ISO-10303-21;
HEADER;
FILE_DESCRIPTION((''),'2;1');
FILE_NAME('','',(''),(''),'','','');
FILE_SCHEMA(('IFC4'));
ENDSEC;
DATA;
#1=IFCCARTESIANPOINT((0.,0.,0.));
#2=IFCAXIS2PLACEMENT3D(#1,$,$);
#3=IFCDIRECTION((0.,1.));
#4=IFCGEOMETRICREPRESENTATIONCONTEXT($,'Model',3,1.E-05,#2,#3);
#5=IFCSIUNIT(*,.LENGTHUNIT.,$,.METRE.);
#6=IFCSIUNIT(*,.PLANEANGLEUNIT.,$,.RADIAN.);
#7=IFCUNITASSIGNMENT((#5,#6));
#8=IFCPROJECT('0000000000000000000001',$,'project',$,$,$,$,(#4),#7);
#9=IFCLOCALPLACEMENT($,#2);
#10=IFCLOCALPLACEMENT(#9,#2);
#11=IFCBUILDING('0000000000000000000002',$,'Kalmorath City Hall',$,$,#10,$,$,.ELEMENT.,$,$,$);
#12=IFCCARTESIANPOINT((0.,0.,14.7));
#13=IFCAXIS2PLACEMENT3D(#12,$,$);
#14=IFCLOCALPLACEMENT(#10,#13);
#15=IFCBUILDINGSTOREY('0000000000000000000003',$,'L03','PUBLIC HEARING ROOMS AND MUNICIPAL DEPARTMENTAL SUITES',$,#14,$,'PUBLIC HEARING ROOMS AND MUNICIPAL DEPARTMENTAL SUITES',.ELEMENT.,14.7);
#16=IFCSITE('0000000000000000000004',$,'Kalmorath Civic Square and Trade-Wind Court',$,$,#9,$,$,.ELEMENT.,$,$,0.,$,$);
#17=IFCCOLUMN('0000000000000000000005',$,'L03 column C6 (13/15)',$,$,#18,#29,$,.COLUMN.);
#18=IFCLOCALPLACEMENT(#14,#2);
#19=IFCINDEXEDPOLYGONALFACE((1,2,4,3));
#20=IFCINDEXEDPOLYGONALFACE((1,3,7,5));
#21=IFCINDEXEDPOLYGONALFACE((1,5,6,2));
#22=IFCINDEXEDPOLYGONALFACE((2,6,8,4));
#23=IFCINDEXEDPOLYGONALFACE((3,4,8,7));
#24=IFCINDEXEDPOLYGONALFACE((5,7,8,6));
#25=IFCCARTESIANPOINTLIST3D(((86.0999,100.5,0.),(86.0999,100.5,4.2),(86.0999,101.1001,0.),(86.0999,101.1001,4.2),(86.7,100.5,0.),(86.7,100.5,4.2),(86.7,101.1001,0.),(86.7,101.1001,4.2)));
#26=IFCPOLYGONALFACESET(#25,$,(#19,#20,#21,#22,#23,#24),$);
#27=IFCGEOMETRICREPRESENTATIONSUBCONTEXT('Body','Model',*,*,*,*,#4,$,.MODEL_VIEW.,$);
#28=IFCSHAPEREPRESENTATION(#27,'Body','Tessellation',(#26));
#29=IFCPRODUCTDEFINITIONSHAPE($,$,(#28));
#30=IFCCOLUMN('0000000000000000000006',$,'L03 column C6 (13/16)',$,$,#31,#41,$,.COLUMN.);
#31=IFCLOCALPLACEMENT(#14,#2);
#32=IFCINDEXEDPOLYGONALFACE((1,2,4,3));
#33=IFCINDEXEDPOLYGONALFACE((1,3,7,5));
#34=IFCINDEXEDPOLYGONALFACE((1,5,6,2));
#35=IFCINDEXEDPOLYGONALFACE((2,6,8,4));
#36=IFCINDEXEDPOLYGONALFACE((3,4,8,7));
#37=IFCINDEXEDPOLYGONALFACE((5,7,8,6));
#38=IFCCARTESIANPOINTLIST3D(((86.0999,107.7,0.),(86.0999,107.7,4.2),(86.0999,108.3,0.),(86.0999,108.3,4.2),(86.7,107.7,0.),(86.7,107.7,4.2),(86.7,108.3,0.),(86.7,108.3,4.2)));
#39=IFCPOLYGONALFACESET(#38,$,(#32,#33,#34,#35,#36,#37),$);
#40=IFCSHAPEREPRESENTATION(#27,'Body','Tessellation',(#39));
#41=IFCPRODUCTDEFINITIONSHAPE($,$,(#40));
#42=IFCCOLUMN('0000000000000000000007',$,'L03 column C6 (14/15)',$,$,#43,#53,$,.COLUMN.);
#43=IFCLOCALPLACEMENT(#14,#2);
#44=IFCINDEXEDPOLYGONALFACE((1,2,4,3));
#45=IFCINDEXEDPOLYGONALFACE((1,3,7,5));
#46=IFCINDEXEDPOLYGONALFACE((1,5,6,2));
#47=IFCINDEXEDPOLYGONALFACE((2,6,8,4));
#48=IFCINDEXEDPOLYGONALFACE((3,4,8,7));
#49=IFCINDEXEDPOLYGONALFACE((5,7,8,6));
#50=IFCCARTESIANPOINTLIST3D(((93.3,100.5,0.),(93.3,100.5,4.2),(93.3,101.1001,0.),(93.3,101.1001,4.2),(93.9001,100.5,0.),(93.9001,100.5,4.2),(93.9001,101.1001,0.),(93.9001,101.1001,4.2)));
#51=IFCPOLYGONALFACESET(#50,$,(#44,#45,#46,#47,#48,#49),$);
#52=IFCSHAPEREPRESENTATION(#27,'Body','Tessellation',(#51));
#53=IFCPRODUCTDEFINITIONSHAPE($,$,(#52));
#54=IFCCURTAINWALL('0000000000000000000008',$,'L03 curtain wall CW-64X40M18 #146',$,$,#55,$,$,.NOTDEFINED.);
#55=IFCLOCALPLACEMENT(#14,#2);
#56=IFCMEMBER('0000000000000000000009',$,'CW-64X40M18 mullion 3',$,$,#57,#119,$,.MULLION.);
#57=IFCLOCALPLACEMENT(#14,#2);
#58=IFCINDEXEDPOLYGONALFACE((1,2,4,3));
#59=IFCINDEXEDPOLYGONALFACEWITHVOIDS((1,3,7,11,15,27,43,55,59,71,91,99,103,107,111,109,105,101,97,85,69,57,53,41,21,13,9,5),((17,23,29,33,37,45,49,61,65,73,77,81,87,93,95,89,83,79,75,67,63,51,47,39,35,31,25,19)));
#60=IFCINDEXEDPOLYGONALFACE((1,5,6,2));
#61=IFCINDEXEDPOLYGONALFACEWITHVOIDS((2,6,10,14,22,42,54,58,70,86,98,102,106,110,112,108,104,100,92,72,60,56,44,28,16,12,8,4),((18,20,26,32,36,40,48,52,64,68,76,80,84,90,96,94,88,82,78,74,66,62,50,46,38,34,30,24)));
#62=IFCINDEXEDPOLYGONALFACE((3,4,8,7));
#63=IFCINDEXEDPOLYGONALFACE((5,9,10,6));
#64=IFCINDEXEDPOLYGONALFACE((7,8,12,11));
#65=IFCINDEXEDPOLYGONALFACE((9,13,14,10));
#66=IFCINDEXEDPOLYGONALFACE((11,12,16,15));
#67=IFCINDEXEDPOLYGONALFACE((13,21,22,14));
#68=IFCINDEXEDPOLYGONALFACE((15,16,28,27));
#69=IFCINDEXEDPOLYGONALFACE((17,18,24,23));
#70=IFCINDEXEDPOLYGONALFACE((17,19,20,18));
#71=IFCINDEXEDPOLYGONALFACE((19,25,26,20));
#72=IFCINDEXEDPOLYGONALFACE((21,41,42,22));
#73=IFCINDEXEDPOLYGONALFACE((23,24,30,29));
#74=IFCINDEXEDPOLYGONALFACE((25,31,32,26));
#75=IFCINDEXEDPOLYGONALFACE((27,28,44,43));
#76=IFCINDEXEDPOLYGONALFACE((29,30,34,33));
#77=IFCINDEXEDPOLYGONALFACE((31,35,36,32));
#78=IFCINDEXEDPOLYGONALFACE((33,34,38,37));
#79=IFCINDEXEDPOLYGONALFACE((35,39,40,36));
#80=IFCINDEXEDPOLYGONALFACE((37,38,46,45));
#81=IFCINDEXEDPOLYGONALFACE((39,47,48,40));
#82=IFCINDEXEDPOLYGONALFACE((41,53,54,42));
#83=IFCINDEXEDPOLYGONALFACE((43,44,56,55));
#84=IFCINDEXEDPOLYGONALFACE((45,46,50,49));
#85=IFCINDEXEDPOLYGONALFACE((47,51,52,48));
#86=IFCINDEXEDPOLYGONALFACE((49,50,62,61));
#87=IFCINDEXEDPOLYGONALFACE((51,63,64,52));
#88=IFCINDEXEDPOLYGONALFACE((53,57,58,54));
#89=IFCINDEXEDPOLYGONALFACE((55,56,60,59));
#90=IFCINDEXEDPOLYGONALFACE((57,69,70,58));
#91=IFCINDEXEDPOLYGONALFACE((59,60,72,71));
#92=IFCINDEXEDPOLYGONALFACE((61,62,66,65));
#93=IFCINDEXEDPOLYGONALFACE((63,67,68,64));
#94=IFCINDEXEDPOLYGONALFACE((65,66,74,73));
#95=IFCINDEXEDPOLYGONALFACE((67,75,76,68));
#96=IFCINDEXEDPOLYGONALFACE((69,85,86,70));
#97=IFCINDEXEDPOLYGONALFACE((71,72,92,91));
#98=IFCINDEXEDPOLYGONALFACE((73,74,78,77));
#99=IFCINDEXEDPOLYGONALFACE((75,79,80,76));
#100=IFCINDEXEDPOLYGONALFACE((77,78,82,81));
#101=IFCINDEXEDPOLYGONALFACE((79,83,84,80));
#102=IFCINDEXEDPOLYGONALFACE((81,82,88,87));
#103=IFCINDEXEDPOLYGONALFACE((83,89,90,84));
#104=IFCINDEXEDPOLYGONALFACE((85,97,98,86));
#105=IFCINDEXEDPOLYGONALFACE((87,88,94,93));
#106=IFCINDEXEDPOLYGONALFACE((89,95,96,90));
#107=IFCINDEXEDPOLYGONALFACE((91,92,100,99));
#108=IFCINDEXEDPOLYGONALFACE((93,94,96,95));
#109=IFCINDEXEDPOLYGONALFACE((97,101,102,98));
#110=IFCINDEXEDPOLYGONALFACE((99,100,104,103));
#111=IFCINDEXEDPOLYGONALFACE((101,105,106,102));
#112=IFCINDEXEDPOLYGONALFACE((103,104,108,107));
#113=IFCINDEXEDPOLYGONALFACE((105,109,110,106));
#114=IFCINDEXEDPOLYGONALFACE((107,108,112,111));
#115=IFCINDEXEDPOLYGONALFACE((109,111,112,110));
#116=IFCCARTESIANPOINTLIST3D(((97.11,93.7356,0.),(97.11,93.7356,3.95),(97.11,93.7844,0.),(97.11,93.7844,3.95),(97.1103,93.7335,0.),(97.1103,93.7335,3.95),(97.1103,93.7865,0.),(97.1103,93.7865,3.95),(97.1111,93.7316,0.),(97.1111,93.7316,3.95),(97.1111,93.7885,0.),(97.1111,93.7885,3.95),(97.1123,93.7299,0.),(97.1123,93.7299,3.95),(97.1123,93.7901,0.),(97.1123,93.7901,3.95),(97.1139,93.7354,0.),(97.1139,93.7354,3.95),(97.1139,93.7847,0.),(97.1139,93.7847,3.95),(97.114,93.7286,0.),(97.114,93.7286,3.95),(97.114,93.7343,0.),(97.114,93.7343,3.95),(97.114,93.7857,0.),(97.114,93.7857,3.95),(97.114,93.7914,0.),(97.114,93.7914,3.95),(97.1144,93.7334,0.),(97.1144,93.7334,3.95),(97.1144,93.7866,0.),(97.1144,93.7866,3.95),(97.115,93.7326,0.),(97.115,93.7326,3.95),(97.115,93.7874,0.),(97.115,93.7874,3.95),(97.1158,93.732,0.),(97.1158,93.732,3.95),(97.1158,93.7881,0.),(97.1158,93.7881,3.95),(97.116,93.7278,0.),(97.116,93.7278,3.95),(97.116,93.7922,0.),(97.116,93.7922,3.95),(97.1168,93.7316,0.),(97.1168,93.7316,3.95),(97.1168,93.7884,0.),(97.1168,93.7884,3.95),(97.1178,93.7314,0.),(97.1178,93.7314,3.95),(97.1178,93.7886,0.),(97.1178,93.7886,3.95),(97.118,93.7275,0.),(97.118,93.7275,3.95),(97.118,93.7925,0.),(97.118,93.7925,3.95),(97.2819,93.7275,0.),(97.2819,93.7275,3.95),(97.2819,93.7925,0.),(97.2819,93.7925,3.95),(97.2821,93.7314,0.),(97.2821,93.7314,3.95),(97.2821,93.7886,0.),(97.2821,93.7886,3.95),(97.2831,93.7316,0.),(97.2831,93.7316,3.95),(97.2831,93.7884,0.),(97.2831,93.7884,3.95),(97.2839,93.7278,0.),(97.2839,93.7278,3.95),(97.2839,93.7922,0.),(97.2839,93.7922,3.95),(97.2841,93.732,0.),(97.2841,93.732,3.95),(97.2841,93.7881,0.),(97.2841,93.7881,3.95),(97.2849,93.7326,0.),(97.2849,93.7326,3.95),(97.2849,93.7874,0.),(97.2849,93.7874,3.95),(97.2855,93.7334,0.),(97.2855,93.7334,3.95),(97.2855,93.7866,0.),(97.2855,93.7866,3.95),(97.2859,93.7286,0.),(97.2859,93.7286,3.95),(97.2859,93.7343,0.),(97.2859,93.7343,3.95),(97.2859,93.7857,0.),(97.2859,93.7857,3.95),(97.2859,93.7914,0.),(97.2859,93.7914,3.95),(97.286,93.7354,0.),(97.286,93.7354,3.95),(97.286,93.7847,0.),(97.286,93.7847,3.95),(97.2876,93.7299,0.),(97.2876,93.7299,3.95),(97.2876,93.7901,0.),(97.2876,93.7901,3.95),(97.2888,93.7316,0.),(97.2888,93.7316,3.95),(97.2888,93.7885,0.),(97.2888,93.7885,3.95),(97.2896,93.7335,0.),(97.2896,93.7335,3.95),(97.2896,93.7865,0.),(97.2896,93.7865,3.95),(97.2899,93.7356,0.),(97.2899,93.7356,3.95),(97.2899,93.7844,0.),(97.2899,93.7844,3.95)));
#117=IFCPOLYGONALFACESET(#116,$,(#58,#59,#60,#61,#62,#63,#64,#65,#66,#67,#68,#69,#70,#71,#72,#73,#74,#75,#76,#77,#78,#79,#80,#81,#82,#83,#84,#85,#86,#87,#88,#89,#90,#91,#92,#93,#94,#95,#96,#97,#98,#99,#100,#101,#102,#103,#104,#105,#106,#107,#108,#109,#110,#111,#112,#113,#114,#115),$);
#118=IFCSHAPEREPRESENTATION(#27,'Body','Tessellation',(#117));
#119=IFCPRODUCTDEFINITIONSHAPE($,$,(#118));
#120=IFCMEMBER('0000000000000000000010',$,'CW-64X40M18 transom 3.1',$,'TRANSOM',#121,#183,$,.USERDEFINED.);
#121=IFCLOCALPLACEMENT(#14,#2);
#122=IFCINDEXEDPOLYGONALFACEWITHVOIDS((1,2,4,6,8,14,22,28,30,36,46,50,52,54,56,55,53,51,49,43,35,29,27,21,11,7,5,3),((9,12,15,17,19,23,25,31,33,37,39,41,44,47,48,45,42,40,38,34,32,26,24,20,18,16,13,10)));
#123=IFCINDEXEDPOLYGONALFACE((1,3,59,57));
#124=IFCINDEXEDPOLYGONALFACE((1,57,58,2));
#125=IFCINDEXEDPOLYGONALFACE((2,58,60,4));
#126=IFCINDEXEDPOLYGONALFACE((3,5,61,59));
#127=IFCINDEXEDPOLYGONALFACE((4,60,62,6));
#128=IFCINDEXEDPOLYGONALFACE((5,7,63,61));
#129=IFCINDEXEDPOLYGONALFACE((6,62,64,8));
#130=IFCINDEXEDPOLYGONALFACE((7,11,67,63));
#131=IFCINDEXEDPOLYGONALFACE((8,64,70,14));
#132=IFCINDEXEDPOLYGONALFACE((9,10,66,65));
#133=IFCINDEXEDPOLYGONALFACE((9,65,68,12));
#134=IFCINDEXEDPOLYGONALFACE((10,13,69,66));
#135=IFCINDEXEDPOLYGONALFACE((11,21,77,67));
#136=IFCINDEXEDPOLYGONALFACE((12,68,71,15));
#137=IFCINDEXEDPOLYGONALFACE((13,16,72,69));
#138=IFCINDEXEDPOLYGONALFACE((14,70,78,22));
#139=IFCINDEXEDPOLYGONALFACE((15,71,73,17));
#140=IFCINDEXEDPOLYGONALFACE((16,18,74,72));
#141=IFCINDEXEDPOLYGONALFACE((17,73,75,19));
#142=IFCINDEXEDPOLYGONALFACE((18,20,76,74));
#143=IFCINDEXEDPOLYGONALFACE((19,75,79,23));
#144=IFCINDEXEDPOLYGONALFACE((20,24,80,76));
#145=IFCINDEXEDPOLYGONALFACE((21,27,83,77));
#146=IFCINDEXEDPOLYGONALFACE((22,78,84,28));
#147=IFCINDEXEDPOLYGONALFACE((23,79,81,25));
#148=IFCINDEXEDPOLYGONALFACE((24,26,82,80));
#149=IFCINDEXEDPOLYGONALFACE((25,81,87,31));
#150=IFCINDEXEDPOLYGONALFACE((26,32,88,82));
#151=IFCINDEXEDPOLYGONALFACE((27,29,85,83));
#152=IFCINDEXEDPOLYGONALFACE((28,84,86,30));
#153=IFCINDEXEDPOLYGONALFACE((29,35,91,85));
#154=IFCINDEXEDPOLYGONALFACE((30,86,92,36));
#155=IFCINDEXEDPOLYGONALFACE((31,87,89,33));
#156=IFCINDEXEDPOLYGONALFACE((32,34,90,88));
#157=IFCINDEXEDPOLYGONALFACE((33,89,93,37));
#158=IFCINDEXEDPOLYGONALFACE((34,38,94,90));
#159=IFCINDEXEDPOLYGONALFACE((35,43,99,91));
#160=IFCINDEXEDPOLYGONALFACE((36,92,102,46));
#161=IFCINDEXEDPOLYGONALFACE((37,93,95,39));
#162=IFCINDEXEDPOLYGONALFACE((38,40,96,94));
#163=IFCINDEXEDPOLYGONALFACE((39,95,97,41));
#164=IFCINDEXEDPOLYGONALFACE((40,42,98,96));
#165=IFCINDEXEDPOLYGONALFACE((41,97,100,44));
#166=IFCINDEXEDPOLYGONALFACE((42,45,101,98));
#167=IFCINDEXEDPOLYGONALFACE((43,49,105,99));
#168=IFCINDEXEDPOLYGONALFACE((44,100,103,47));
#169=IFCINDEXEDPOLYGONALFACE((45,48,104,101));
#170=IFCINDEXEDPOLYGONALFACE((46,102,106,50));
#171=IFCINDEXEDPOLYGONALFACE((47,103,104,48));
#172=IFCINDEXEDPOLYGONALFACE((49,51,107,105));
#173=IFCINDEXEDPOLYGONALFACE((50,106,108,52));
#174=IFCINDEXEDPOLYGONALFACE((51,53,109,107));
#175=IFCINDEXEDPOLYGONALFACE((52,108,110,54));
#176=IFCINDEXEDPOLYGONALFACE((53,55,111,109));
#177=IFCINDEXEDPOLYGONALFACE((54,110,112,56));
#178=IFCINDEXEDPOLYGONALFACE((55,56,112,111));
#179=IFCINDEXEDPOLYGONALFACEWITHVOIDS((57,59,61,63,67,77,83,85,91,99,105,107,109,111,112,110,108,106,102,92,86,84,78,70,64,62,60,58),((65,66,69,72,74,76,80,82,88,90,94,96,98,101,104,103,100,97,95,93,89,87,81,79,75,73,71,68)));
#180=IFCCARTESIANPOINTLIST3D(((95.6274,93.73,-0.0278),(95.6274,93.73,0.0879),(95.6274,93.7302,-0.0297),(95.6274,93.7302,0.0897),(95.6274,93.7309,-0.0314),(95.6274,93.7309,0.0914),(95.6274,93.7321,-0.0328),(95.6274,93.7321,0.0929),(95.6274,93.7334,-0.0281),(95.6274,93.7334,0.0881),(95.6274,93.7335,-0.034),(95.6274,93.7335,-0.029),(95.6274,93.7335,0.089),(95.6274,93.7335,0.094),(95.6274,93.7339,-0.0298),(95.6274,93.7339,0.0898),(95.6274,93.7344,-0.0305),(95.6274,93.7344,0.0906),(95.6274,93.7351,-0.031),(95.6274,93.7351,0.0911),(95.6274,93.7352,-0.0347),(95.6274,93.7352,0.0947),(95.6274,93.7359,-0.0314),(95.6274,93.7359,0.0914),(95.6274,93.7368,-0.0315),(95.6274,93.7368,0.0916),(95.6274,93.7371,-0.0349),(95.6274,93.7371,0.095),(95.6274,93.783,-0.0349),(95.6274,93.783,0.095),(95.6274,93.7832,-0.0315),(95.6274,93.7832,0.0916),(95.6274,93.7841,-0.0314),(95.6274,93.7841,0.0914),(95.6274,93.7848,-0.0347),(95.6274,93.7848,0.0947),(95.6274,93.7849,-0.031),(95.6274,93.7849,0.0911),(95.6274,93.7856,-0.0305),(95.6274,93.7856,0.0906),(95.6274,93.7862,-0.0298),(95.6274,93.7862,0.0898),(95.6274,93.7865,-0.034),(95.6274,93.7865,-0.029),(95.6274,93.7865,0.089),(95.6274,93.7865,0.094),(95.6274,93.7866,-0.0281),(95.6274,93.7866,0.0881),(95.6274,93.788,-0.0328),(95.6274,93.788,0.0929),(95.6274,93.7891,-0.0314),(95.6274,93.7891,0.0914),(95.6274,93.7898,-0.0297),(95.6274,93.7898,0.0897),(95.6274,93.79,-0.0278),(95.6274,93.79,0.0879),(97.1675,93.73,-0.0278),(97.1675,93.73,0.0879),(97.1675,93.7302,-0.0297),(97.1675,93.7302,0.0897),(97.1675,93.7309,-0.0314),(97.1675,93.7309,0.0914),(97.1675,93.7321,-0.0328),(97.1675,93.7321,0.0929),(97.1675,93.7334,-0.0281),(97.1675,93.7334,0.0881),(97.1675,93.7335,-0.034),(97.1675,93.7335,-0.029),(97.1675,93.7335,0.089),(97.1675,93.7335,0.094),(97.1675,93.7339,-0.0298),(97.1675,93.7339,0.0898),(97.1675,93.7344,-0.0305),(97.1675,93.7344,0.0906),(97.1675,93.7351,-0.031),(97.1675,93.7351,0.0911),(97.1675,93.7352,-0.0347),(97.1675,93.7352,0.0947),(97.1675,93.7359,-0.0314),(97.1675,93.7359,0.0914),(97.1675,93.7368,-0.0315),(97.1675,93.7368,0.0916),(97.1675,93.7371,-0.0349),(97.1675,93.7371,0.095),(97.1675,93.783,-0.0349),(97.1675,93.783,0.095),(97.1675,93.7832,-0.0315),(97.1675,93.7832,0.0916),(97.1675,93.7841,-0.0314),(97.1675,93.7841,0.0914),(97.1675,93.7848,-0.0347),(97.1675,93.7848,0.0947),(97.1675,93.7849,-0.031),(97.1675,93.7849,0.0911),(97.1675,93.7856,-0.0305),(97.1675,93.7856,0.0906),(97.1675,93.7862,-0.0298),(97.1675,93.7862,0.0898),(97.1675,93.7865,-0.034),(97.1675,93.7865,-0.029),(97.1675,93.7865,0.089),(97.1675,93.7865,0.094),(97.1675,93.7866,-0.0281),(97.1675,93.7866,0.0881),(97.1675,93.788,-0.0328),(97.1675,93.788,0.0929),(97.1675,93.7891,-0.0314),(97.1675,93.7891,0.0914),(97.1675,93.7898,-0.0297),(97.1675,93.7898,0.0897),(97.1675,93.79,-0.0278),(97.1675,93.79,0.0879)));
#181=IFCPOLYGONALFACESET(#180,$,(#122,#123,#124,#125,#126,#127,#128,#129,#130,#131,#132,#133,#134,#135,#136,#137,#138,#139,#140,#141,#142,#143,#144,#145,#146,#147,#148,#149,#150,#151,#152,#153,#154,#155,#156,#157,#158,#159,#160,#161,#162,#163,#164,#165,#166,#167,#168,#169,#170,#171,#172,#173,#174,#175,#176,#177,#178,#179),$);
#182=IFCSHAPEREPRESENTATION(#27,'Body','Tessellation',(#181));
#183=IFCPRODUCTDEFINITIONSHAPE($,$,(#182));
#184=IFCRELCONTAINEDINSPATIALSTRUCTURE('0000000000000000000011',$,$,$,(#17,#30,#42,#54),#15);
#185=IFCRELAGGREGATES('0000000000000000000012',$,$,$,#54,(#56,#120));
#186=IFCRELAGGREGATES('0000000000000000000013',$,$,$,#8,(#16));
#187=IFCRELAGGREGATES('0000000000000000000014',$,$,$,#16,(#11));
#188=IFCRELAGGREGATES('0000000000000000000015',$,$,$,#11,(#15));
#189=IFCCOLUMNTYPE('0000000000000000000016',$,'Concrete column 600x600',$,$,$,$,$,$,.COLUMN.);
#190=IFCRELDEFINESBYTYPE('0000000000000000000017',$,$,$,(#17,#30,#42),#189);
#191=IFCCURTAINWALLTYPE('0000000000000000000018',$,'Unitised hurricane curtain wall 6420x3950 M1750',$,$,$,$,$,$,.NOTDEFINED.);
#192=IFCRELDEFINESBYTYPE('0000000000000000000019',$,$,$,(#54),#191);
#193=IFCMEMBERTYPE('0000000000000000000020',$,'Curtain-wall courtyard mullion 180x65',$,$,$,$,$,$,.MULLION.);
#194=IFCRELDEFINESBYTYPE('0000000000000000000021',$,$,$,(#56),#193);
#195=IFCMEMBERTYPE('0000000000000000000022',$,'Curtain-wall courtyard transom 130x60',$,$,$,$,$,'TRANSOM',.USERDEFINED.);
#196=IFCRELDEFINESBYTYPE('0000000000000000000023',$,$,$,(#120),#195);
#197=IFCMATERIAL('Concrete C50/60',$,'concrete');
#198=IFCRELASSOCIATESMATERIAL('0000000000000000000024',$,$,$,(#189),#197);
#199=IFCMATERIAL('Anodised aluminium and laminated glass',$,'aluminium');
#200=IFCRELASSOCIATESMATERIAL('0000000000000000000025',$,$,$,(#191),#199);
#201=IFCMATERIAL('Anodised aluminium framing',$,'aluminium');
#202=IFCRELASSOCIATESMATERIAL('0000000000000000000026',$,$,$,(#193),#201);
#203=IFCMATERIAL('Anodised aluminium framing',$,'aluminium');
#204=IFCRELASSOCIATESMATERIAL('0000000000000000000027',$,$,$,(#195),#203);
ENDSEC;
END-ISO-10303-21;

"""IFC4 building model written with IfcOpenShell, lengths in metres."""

from ifc_helpers import new_model, si_unit, direction, frame, origin, origin_2d, place, context, subcontext, project, spatial, rectangle, hollow_rectangle, extrude, material, material_profile, profile_set, type_object, element, aggregate, save


model = new_model("IFC4")

# Units and contexts
model_context = context("Model", 3, precision=1e-05, world=origin(), true_north=direction((0.0, 1.0)))
body_context = subcontext(model_context, "Body", "Model", "MODEL_VIEW")
ifc_project = project(units=[si_unit("LENGTHUNIT", "METRE"), si_unit("PLANEANGLEUNIT", "RADIAN")], contexts=[model_context])

# Site, building, storey
site_placement = place(None, origin())
site = spatial("IfcSite", under=ifc_project, at=site_placement, Name="Kalmorath Civic Square and Trade-Wind Court", CompositionType="ELEMENT", RefElevation=0.0)
building_placement = place(site_placement, origin())
building = spatial("IfcBuilding", under=site, at=building_placement, Name="Kalmorath City Hall", CompositionType="ELEMENT")
storey_placement = place(building_placement, frame((0.0, 0.0, 14.7)))
storey = spatial("IfcBuildingStorey", under=building, at=storey_placement, Name="L03", Description="PUBLIC HEARING ROOMS AND MUNICIPAL DEPARTMENTAL SUITES", LongName="PUBLIC HEARING ROOMS AND MUNICIPAL DEPARTMENTAL SUITES", CompositionType="ELEMENT", Elevation=14.7)

# Columns
ifc_material_1 = material(Name="Concrete C50/60", Category="concrete")
ifc_material_profile_1 = material_profile(ifc_material_1, rectangle(XDim=0.6001, YDim=0.6001, at=origin_2d()), Name="RC-COL-600X600")
ifc_profile_set_1 = profile_set([ifc_material_profile_1], Name="Concrete C50/60")
column_type = type_object("IfcColumnType", Name="Concrete column 600x600", PredefinedType="COLUMN", material=ifc_profile_set_1)
for number, where, z_axis, x_axis, name in (
    (1, (86.3999, 100.8, 0.0), (0.0, 0.0, 1.0), (1.0, 0.0, 0.0), "L03 column C6 (13/15)"),
    (2, (86.3999, 108.0, 0.0), (0.0, 0.0, 1.0), (1.0, 0.0, 0.0), "L03 column C6 (13/16)"),
    (3, (93.6001, 100.8, 0.0), (0.0, 0.0, 1.0), (1.0, 0.0, 0.0), "L03 column C6 (14/15)"),
):
    element("IfcColumn", number, at=place(storey_placement, frame(where, z_axis=z_axis, x_axis=x_axis)), inside=storey, type_object=column_type, Name=name, PredefinedType="COLUMN", context=body_context, shape_type="SweptSolid", body=[
        extrude(rectangle(XDim=0.6001, YDim=0.6001, at=origin_2d()), origin(), (0.0, 0.0, 1.0), 4.2),
    ])

# Curtain wall, members
ifc_material_2 = material(Name="Anodised aluminium and laminated glass", Category="aluminium")
curtain_wall_type = type_object("IfcCurtainWallType", Name="Unitised hurricane curtain wall 6420x3950 M1750", PredefinedType="NOTDEFINED", material=ifc_material_2)
curtain_wall_placement = place(storey_placement, origin())
curtain_wall = element("IfcCurtainWall", 4, at=curtain_wall_placement, inside=storey, type_object=curtain_wall_type, Name="L03 curtain wall CW-64X40M18 #146", PredefinedType="NOTDEFINED")
ifc_material_3 = material(Name="Anodised aluminium framing", Category="aluminium")
ifc_material_profile_2 = material_profile(ifc_material_3, hollow_rectangle(XDim=0.0649, YDim=0.1799, WallThickness=0.0039, InnerFilletRadius=0.0039, OuterFilletRadius=0.0081, at=origin_2d()), Name="ALU-MUL-180X65X4")
ifc_profile_set_2 = profile_set([ifc_material_profile_2], Name="Anodised aluminium framing")
member_type_1 = type_object("IfcMemberType", Name="Curtain-wall courtyard mullion 180x65", PredefinedType="MULLION", material=ifc_profile_set_2)
member_1_placement = place(storey_placement, frame((97.2, 93.76, 0.0), z_axis=(0.0, 0.0, 1.0), x_axis=(0.0, -1.0, 0.0)))
member_1 = element("IfcMember", 5, at=member_1_placement, type_object=member_type_1, Name="CW-64X40M18 mullion 3", PredefinedType="MULLION", context=body_context, shape_type="SweptSolid", body=[
    extrude(hollow_rectangle(XDim=0.0649, YDim=0.1799, WallThickness=0.0039, InnerFilletRadius=0.0039, OuterFilletRadius=0.0081, at=origin_2d()), origin(), (0.0, 0.0, 1.0), 3.95),
])
ifc_material_4 = material(Name="Anodised aluminium framing", Category="aluminium")
ifc_material_profile_3 = material_profile(ifc_material_4, hollow_rectangle(XDim=0.0601, YDim=0.1299, WallThickness=0.0034, InnerFilletRadius=0.0034, OuterFilletRadius=0.0071, at=origin_2d()), Name="ALU-TRN-130X60X3.5")
ifc_profile_set_3 = profile_set([ifc_material_profile_3], Name="Anodised aluminium framing")
member_type_2 = type_object("IfcMemberType", Name="Curtain-wall courtyard transom 130x60", ElementType="TRANSOM", PredefinedType="USERDEFINED", material=ifc_profile_set_3)
member_2_placement = place(storey_placement, frame((97.1675, 93.76, 0.03), z_axis=(-1.0, 0.0, 0.0), x_axis=(0.0, -1.0, 0.0)))
member_2 = element("IfcMember", 6, at=member_2_placement, type_object=member_type_2, Name="CW-64X40M18 transom 3.1", ObjectType="TRANSOM", PredefinedType="USERDEFINED", context=body_context, shape_type="SweptSolid", body=[
    extrude(hollow_rectangle(XDim=0.0601, YDim=0.1299, WallThickness=0.0034, InnerFilletRadius=0.0034, OuterFilletRadius=0.0071, at=origin_2d()), origin(), (0.0, 0.0, 1.0), 1.54),
])
aggregate(curtain_wall, [member_1, member_2])

save(model, "model.ifc")
